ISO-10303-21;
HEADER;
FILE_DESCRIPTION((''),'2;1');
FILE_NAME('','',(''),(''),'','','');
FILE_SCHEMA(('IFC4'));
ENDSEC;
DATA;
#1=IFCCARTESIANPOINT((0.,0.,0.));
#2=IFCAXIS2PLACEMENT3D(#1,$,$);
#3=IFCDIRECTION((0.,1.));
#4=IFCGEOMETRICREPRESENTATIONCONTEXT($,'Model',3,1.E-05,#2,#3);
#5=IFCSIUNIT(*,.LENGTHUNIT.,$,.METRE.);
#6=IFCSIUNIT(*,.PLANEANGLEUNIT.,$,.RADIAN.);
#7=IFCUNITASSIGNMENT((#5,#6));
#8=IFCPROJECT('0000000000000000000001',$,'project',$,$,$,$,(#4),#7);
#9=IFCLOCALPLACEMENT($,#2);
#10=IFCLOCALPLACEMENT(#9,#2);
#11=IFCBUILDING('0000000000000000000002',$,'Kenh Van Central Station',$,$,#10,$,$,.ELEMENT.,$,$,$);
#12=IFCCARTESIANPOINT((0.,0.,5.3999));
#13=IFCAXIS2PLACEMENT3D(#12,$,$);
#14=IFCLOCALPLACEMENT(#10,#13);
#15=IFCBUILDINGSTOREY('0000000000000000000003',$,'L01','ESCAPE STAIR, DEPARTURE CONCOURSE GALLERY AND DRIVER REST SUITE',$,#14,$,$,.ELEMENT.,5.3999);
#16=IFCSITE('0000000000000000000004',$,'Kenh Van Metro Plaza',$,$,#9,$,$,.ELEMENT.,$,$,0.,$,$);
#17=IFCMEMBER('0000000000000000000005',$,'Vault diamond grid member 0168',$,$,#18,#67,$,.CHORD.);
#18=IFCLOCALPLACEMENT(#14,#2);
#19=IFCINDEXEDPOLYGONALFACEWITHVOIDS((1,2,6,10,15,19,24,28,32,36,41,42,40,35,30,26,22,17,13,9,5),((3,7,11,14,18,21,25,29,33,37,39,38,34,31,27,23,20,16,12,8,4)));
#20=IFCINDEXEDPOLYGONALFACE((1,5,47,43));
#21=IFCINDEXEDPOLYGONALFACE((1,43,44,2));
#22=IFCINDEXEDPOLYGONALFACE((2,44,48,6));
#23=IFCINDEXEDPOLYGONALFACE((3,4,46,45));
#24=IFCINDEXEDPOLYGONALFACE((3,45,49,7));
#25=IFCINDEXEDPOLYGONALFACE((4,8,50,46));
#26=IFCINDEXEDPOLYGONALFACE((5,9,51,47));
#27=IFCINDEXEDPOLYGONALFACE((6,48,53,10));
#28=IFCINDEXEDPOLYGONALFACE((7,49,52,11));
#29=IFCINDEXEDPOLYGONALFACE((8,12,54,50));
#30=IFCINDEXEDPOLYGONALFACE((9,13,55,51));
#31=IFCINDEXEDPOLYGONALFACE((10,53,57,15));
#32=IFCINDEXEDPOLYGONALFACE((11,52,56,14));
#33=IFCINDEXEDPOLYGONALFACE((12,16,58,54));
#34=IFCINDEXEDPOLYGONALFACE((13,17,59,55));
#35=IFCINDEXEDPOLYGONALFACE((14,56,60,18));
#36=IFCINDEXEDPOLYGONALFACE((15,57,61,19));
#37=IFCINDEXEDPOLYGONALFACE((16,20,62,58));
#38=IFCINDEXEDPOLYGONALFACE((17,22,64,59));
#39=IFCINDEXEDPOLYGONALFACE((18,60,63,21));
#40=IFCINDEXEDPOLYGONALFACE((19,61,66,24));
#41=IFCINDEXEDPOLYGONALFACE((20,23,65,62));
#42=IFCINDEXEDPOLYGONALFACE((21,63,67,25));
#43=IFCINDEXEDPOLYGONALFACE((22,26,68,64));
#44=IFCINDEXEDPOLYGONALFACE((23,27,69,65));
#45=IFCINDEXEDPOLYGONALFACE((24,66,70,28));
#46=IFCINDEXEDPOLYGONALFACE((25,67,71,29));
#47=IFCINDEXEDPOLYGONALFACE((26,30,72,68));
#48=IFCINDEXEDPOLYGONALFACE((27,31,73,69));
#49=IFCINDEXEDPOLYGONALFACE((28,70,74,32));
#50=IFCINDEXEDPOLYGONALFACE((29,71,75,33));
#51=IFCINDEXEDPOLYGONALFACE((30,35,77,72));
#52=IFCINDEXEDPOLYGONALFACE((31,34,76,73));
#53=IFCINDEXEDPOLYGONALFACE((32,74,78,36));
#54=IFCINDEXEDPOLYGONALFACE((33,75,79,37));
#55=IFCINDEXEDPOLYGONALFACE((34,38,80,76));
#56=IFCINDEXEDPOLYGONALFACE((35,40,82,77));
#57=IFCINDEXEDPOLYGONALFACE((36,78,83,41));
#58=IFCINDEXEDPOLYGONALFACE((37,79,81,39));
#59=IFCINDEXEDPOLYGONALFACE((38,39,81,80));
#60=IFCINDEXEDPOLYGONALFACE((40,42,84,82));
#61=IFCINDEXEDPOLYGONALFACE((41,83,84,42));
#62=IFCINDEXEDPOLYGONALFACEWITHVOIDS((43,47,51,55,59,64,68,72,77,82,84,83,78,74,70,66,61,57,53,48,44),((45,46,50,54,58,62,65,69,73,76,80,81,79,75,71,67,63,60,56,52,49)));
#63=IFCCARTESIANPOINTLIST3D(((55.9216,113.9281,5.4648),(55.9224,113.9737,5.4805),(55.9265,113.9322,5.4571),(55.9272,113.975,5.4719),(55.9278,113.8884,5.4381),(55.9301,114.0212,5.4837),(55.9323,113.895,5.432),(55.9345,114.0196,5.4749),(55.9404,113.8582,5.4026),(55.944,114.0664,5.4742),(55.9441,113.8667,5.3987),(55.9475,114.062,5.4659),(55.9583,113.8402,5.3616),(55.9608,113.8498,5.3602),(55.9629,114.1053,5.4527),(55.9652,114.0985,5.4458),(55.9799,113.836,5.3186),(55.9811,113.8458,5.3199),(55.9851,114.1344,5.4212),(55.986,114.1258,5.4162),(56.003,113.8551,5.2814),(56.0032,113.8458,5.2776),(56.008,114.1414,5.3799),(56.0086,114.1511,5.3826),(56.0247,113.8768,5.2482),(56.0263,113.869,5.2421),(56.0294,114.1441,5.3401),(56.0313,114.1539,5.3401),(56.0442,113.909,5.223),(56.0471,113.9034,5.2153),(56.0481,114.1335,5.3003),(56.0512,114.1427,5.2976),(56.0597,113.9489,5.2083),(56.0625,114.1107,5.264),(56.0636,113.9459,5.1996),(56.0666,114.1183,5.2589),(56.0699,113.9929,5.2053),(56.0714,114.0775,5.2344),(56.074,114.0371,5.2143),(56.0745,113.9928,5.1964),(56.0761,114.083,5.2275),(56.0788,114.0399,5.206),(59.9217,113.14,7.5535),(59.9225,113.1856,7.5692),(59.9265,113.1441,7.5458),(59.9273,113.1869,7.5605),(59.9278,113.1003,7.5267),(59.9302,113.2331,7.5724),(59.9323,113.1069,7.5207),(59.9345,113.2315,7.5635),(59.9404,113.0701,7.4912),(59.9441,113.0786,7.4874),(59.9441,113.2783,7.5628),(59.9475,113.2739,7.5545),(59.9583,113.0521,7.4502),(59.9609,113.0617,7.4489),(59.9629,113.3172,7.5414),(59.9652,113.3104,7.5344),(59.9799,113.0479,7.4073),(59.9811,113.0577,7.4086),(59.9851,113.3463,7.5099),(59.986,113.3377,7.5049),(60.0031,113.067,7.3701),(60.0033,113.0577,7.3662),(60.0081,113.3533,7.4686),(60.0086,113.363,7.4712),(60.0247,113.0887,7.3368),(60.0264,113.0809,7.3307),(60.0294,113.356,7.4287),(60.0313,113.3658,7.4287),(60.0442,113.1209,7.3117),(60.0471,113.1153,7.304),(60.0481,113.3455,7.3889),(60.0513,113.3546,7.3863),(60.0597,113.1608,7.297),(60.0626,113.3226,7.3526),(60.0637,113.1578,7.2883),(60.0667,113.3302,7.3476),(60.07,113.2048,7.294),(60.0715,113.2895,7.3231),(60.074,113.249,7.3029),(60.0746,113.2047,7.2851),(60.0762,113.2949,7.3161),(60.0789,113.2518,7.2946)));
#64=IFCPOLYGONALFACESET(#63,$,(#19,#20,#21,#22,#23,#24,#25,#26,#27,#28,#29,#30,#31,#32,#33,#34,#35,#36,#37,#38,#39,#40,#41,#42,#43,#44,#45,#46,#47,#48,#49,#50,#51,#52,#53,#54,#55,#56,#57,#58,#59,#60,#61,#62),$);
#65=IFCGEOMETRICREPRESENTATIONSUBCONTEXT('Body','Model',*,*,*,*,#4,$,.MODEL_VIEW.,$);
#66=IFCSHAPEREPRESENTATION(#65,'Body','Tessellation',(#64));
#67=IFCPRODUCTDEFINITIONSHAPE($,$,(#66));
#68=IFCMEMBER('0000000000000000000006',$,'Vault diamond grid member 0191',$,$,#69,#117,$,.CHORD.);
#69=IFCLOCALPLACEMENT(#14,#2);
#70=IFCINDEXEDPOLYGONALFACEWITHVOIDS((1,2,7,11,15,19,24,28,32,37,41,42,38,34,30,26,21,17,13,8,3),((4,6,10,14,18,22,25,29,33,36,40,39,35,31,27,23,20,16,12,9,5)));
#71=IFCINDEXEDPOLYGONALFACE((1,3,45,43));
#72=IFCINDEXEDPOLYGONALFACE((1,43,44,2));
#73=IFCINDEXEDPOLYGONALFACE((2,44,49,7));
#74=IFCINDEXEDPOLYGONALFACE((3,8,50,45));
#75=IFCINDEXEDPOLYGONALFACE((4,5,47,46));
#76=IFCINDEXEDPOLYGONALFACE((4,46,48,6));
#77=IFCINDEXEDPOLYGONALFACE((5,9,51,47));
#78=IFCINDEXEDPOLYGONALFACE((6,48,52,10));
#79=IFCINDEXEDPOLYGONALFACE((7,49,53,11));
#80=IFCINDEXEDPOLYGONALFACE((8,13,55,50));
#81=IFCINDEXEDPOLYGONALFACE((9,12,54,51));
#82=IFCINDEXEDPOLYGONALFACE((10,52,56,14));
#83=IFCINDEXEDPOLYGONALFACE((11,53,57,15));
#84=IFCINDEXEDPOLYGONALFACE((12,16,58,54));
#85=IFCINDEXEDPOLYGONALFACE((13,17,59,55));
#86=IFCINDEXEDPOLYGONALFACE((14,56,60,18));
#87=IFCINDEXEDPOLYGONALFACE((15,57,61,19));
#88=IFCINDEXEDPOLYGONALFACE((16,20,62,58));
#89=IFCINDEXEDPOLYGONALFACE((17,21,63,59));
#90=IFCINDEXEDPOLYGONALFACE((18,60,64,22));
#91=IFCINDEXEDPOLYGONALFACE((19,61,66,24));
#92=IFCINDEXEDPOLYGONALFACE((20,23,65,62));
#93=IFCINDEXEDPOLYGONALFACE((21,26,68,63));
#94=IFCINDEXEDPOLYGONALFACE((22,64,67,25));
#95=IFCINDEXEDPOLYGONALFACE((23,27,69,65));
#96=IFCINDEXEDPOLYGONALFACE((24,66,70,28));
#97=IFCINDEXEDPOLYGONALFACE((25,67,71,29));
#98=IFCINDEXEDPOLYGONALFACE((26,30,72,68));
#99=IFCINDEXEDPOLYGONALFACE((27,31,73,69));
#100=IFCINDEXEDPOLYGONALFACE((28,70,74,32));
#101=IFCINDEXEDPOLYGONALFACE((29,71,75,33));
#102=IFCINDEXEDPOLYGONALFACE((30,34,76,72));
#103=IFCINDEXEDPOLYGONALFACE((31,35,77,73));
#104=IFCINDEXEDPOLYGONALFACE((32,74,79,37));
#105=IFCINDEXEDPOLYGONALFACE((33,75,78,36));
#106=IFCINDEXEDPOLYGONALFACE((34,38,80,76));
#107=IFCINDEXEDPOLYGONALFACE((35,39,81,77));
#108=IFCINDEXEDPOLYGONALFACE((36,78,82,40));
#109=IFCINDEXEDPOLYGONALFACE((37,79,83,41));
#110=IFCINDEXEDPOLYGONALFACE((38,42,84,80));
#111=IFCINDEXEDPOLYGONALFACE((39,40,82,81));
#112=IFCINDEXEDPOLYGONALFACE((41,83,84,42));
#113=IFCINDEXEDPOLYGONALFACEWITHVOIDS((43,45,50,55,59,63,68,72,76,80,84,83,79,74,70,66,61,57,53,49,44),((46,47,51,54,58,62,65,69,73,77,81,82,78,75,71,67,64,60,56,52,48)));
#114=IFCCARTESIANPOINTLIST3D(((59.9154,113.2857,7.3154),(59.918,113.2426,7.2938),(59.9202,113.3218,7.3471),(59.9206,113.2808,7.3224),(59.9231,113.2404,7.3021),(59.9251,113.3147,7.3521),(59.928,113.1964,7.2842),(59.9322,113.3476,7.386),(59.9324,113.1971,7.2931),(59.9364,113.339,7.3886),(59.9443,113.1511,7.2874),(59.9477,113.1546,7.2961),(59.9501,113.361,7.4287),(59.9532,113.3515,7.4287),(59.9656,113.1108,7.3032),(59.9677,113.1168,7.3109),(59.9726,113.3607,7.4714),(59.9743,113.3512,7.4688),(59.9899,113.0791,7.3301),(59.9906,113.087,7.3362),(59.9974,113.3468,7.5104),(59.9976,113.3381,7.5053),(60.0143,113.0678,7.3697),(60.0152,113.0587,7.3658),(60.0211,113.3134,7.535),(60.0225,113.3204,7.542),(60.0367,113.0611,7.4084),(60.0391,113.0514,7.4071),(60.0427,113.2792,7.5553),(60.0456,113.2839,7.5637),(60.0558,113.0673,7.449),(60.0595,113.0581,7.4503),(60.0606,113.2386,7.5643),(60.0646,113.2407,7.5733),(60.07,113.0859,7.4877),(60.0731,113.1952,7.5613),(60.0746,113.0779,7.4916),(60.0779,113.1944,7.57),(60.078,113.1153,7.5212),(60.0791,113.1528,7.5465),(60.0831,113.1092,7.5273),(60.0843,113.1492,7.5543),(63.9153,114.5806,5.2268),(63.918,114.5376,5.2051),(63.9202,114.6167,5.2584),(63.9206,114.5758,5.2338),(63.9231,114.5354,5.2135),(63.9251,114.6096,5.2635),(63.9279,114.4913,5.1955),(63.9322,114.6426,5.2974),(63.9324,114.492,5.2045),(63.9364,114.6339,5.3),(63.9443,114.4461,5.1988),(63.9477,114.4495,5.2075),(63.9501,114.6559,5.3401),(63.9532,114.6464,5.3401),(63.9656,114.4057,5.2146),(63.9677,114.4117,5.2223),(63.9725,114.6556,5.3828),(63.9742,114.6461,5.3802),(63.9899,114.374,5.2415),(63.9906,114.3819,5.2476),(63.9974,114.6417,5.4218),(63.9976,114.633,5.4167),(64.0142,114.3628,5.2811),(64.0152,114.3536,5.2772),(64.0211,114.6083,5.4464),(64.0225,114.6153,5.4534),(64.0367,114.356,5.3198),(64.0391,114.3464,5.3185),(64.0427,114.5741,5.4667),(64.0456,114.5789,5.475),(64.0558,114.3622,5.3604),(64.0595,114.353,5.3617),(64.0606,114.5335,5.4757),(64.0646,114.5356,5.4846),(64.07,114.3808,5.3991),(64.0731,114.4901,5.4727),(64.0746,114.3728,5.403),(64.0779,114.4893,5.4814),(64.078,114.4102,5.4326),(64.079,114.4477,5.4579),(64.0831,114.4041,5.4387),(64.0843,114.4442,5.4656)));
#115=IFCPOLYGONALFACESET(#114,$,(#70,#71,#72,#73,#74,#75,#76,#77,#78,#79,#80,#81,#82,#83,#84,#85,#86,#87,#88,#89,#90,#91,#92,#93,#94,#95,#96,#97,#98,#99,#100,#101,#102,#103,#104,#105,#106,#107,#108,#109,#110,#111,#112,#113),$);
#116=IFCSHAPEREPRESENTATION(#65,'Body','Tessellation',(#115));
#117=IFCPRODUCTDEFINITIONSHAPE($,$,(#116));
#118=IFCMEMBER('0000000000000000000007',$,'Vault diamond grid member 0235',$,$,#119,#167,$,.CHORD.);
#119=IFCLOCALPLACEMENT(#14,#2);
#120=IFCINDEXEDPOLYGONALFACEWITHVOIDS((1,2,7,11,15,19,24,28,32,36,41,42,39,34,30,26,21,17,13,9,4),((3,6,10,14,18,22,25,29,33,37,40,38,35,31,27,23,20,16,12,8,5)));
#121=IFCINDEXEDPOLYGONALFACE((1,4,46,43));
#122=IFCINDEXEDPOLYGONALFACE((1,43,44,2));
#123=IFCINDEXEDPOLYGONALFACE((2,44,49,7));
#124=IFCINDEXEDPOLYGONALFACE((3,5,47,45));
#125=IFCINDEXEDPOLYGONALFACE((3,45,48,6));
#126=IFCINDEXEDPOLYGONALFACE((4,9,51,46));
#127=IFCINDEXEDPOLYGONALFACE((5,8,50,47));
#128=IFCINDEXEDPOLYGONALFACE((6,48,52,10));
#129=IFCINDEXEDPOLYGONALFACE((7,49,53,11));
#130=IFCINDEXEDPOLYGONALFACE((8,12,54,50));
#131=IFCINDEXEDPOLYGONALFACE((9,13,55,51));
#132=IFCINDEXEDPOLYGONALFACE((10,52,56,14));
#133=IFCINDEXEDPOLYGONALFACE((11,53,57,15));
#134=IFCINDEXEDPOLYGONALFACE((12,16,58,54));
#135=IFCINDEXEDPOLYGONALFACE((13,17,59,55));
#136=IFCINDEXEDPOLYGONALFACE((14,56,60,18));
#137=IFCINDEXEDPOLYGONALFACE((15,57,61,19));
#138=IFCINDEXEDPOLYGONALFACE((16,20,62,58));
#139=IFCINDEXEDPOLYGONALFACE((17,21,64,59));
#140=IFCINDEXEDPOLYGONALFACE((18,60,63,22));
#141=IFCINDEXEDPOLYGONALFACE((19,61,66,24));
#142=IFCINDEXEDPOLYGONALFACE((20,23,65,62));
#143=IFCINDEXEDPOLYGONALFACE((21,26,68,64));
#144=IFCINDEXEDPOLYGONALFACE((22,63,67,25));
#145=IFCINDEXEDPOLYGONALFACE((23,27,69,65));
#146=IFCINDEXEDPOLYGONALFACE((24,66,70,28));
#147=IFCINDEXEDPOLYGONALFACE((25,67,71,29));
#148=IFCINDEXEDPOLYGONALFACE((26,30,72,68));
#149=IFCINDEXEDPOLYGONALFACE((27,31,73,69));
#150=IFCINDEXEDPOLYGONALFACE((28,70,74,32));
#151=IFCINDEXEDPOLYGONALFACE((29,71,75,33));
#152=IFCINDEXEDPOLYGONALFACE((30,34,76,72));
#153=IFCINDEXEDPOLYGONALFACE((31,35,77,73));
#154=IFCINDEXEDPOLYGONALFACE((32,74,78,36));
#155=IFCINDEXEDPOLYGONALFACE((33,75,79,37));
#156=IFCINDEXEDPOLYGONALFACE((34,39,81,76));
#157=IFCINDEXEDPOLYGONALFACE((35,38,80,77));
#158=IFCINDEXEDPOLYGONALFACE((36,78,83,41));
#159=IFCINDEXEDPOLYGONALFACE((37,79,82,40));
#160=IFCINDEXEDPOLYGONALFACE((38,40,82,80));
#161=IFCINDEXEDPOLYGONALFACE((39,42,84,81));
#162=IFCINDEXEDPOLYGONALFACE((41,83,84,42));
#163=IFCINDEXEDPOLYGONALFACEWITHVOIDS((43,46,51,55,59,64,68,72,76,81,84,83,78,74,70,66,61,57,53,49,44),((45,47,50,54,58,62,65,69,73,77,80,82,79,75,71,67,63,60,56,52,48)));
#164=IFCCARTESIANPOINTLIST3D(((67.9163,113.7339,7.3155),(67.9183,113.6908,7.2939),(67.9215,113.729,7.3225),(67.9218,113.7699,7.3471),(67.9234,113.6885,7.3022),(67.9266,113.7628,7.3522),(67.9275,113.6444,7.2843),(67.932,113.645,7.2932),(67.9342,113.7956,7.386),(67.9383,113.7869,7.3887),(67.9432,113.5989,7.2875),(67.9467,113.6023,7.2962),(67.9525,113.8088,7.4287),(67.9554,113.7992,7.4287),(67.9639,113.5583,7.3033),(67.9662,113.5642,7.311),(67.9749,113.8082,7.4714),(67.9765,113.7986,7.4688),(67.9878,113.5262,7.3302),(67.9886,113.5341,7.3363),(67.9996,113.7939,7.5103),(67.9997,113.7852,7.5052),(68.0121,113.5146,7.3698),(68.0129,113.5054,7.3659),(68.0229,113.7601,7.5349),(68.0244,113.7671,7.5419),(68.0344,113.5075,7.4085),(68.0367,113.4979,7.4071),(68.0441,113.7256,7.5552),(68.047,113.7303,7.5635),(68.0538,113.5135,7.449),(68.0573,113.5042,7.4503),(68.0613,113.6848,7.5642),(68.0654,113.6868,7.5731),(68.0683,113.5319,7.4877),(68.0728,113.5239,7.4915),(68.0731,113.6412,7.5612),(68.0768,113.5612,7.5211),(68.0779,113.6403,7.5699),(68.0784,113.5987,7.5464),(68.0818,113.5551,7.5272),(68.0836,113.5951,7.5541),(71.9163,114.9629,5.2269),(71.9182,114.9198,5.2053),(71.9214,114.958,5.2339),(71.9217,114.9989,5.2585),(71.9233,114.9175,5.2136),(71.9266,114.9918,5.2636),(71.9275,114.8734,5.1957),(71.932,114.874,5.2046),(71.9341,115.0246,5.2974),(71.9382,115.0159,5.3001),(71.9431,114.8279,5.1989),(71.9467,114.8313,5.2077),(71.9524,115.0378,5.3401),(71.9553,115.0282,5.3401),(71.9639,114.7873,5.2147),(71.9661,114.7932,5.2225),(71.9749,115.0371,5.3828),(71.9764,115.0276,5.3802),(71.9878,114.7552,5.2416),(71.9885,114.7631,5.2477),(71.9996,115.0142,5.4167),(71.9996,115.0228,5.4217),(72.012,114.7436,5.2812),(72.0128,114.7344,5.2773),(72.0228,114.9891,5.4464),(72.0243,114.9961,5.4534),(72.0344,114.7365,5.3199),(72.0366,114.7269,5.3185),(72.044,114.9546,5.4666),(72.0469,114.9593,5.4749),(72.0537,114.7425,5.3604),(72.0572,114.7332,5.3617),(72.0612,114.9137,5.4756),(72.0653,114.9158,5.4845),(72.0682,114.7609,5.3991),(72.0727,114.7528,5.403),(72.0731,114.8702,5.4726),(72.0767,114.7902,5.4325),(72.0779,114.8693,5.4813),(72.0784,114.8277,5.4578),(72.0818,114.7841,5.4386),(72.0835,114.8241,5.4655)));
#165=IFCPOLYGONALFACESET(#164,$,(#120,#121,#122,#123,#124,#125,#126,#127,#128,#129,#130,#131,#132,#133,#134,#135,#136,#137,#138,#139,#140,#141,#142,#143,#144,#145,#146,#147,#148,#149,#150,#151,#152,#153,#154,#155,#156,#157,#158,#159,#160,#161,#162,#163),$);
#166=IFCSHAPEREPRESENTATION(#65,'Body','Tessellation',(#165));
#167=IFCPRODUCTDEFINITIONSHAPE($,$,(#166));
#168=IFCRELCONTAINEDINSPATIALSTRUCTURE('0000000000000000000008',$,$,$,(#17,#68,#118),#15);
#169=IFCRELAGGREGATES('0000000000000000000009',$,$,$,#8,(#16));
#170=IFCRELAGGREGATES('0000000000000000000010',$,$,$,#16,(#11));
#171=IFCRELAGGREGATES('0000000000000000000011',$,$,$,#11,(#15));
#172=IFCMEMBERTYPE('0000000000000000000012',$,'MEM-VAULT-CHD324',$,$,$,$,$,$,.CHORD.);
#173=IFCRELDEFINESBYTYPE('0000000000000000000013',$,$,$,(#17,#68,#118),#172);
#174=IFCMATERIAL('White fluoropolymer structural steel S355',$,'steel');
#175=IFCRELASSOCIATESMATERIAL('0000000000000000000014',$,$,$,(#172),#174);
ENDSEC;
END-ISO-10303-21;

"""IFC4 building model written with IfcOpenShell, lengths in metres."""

from ifc_helpers import new_model, si_unit, direction, frame, origin, origin_2d, place, context, subcontext, project, spatial, hollow_circle, extrude, material, material_profile, profile_set, type_object, element, save


model = new_model("IFC4")

# Units and contexts
model_context = context("Model", 3, precision=1e-05, world=origin(), true_north=direction((0.0, 1.0)))
body_context = subcontext(model_context, "Body", "Model", "MODEL_VIEW")
ifc_project = project(units=[si_unit("LENGTHUNIT", "METRE"), si_unit("PLANEANGLEUNIT", "RADIAN")], contexts=[model_context])

# Site, building, storey
site_placement = place(None, origin())
site = spatial("IfcSite", under=ifc_project, at=site_placement, Name="Kenh Van Metro Plaza", CompositionType="ELEMENT", RefElevation=0.0)
building_placement = place(site_placement, origin())
building = spatial("IfcBuilding", under=site, at=building_placement, Name="Kenh Van Central Station", CompositionType="ELEMENT")
storey_placement = place(building_placement, frame((0.0, 0.0, 5.3999)))
storey = spatial("IfcBuildingStorey", under=building, at=storey_placement, Name="L01", Description="ESCAPE STAIR, DEPARTURE CONCOURSE GALLERY AND DRIVER REST SUITE", CompositionType="ELEMENT", Elevation=5.3999)

# Shared definitions
ifc_material_1 = material(Name="White fluoropolymer structural steel S355", Category="steel")

# Members
ifc_material_profile_1 = material_profile(ifc_material_1, hollow_circle(Radius=0.1619, WallThickness=0.01, at=origin_2d()), Name="CHS 323.9x10")
ifc_profile_set_1 = profile_set([ifc_material_profile_1], Name="White fluoropolymer structural steel S355")
member_type_1 = type_object("IfcMemberType", Name="MEM-VAULT-CHD324", PredefinedType="CHORD", material=ifc_profile_set_1)
member_1_placement = place(storey_placement, frame((56.0, 113.9951, 5.3401), z_axis=(0.873216, -0.172042, 0.455955), x_axis=(0.193305, 0.981139, 0.0)))
element("IfcMember", 1, at=member_1_placement, inside=storey, type_object=member_type_1, Name="Vault diamond grid member 0168", PredefinedType="CHORD", context=body_context, shape_type="SweptSolid", body=[
    extrude(hollow_circle(Radius=0.1619, WallThickness=0.01, at=origin_2d()), origin(), (0.0, 0.0, 1.0), 4.5808),
])
member_2_placement = place(storey_placement, frame((60.0, 113.207, 7.4287), z_axis=(0.852045, 0.275833, -0.4449), x_axis=(-0.307993, 0.951388, 0.0)))
element("IfcMember", 2, at=member_2_placement, inside=storey, type_object=member_type_1, Name="Vault diamond grid member 0191", PredefinedType="CHORD", context=body_context, shape_type="SweptSolid", body=[
    extrude(hollow_circle(Radius=0.1619, WallThickness=0.01, at=origin_2d()), origin(), (0.0, 0.0, 1.0), 4.6946),
])
member_3_placement = place(storey_placement, frame((68.0, 113.6541, 7.4287), z_axis=(0.855279, 0.262785, -0.446589), x_axis=(-0.2937, 0.955898, 0.0)))
element("IfcMember", 3, at=member_3_placement, inside=storey, type_object=member_type_1, Name="Vault diamond grid member 0235", PredefinedType="CHORD", context=body_context, shape_type="SweptSolid", body=[
    extrude(hollow_circle(Radius=0.1619, WallThickness=0.01, at=origin_2d()), origin(), (0.0, 0.0, 1.0), 4.6768),
])

save(model, "model.ifc")
